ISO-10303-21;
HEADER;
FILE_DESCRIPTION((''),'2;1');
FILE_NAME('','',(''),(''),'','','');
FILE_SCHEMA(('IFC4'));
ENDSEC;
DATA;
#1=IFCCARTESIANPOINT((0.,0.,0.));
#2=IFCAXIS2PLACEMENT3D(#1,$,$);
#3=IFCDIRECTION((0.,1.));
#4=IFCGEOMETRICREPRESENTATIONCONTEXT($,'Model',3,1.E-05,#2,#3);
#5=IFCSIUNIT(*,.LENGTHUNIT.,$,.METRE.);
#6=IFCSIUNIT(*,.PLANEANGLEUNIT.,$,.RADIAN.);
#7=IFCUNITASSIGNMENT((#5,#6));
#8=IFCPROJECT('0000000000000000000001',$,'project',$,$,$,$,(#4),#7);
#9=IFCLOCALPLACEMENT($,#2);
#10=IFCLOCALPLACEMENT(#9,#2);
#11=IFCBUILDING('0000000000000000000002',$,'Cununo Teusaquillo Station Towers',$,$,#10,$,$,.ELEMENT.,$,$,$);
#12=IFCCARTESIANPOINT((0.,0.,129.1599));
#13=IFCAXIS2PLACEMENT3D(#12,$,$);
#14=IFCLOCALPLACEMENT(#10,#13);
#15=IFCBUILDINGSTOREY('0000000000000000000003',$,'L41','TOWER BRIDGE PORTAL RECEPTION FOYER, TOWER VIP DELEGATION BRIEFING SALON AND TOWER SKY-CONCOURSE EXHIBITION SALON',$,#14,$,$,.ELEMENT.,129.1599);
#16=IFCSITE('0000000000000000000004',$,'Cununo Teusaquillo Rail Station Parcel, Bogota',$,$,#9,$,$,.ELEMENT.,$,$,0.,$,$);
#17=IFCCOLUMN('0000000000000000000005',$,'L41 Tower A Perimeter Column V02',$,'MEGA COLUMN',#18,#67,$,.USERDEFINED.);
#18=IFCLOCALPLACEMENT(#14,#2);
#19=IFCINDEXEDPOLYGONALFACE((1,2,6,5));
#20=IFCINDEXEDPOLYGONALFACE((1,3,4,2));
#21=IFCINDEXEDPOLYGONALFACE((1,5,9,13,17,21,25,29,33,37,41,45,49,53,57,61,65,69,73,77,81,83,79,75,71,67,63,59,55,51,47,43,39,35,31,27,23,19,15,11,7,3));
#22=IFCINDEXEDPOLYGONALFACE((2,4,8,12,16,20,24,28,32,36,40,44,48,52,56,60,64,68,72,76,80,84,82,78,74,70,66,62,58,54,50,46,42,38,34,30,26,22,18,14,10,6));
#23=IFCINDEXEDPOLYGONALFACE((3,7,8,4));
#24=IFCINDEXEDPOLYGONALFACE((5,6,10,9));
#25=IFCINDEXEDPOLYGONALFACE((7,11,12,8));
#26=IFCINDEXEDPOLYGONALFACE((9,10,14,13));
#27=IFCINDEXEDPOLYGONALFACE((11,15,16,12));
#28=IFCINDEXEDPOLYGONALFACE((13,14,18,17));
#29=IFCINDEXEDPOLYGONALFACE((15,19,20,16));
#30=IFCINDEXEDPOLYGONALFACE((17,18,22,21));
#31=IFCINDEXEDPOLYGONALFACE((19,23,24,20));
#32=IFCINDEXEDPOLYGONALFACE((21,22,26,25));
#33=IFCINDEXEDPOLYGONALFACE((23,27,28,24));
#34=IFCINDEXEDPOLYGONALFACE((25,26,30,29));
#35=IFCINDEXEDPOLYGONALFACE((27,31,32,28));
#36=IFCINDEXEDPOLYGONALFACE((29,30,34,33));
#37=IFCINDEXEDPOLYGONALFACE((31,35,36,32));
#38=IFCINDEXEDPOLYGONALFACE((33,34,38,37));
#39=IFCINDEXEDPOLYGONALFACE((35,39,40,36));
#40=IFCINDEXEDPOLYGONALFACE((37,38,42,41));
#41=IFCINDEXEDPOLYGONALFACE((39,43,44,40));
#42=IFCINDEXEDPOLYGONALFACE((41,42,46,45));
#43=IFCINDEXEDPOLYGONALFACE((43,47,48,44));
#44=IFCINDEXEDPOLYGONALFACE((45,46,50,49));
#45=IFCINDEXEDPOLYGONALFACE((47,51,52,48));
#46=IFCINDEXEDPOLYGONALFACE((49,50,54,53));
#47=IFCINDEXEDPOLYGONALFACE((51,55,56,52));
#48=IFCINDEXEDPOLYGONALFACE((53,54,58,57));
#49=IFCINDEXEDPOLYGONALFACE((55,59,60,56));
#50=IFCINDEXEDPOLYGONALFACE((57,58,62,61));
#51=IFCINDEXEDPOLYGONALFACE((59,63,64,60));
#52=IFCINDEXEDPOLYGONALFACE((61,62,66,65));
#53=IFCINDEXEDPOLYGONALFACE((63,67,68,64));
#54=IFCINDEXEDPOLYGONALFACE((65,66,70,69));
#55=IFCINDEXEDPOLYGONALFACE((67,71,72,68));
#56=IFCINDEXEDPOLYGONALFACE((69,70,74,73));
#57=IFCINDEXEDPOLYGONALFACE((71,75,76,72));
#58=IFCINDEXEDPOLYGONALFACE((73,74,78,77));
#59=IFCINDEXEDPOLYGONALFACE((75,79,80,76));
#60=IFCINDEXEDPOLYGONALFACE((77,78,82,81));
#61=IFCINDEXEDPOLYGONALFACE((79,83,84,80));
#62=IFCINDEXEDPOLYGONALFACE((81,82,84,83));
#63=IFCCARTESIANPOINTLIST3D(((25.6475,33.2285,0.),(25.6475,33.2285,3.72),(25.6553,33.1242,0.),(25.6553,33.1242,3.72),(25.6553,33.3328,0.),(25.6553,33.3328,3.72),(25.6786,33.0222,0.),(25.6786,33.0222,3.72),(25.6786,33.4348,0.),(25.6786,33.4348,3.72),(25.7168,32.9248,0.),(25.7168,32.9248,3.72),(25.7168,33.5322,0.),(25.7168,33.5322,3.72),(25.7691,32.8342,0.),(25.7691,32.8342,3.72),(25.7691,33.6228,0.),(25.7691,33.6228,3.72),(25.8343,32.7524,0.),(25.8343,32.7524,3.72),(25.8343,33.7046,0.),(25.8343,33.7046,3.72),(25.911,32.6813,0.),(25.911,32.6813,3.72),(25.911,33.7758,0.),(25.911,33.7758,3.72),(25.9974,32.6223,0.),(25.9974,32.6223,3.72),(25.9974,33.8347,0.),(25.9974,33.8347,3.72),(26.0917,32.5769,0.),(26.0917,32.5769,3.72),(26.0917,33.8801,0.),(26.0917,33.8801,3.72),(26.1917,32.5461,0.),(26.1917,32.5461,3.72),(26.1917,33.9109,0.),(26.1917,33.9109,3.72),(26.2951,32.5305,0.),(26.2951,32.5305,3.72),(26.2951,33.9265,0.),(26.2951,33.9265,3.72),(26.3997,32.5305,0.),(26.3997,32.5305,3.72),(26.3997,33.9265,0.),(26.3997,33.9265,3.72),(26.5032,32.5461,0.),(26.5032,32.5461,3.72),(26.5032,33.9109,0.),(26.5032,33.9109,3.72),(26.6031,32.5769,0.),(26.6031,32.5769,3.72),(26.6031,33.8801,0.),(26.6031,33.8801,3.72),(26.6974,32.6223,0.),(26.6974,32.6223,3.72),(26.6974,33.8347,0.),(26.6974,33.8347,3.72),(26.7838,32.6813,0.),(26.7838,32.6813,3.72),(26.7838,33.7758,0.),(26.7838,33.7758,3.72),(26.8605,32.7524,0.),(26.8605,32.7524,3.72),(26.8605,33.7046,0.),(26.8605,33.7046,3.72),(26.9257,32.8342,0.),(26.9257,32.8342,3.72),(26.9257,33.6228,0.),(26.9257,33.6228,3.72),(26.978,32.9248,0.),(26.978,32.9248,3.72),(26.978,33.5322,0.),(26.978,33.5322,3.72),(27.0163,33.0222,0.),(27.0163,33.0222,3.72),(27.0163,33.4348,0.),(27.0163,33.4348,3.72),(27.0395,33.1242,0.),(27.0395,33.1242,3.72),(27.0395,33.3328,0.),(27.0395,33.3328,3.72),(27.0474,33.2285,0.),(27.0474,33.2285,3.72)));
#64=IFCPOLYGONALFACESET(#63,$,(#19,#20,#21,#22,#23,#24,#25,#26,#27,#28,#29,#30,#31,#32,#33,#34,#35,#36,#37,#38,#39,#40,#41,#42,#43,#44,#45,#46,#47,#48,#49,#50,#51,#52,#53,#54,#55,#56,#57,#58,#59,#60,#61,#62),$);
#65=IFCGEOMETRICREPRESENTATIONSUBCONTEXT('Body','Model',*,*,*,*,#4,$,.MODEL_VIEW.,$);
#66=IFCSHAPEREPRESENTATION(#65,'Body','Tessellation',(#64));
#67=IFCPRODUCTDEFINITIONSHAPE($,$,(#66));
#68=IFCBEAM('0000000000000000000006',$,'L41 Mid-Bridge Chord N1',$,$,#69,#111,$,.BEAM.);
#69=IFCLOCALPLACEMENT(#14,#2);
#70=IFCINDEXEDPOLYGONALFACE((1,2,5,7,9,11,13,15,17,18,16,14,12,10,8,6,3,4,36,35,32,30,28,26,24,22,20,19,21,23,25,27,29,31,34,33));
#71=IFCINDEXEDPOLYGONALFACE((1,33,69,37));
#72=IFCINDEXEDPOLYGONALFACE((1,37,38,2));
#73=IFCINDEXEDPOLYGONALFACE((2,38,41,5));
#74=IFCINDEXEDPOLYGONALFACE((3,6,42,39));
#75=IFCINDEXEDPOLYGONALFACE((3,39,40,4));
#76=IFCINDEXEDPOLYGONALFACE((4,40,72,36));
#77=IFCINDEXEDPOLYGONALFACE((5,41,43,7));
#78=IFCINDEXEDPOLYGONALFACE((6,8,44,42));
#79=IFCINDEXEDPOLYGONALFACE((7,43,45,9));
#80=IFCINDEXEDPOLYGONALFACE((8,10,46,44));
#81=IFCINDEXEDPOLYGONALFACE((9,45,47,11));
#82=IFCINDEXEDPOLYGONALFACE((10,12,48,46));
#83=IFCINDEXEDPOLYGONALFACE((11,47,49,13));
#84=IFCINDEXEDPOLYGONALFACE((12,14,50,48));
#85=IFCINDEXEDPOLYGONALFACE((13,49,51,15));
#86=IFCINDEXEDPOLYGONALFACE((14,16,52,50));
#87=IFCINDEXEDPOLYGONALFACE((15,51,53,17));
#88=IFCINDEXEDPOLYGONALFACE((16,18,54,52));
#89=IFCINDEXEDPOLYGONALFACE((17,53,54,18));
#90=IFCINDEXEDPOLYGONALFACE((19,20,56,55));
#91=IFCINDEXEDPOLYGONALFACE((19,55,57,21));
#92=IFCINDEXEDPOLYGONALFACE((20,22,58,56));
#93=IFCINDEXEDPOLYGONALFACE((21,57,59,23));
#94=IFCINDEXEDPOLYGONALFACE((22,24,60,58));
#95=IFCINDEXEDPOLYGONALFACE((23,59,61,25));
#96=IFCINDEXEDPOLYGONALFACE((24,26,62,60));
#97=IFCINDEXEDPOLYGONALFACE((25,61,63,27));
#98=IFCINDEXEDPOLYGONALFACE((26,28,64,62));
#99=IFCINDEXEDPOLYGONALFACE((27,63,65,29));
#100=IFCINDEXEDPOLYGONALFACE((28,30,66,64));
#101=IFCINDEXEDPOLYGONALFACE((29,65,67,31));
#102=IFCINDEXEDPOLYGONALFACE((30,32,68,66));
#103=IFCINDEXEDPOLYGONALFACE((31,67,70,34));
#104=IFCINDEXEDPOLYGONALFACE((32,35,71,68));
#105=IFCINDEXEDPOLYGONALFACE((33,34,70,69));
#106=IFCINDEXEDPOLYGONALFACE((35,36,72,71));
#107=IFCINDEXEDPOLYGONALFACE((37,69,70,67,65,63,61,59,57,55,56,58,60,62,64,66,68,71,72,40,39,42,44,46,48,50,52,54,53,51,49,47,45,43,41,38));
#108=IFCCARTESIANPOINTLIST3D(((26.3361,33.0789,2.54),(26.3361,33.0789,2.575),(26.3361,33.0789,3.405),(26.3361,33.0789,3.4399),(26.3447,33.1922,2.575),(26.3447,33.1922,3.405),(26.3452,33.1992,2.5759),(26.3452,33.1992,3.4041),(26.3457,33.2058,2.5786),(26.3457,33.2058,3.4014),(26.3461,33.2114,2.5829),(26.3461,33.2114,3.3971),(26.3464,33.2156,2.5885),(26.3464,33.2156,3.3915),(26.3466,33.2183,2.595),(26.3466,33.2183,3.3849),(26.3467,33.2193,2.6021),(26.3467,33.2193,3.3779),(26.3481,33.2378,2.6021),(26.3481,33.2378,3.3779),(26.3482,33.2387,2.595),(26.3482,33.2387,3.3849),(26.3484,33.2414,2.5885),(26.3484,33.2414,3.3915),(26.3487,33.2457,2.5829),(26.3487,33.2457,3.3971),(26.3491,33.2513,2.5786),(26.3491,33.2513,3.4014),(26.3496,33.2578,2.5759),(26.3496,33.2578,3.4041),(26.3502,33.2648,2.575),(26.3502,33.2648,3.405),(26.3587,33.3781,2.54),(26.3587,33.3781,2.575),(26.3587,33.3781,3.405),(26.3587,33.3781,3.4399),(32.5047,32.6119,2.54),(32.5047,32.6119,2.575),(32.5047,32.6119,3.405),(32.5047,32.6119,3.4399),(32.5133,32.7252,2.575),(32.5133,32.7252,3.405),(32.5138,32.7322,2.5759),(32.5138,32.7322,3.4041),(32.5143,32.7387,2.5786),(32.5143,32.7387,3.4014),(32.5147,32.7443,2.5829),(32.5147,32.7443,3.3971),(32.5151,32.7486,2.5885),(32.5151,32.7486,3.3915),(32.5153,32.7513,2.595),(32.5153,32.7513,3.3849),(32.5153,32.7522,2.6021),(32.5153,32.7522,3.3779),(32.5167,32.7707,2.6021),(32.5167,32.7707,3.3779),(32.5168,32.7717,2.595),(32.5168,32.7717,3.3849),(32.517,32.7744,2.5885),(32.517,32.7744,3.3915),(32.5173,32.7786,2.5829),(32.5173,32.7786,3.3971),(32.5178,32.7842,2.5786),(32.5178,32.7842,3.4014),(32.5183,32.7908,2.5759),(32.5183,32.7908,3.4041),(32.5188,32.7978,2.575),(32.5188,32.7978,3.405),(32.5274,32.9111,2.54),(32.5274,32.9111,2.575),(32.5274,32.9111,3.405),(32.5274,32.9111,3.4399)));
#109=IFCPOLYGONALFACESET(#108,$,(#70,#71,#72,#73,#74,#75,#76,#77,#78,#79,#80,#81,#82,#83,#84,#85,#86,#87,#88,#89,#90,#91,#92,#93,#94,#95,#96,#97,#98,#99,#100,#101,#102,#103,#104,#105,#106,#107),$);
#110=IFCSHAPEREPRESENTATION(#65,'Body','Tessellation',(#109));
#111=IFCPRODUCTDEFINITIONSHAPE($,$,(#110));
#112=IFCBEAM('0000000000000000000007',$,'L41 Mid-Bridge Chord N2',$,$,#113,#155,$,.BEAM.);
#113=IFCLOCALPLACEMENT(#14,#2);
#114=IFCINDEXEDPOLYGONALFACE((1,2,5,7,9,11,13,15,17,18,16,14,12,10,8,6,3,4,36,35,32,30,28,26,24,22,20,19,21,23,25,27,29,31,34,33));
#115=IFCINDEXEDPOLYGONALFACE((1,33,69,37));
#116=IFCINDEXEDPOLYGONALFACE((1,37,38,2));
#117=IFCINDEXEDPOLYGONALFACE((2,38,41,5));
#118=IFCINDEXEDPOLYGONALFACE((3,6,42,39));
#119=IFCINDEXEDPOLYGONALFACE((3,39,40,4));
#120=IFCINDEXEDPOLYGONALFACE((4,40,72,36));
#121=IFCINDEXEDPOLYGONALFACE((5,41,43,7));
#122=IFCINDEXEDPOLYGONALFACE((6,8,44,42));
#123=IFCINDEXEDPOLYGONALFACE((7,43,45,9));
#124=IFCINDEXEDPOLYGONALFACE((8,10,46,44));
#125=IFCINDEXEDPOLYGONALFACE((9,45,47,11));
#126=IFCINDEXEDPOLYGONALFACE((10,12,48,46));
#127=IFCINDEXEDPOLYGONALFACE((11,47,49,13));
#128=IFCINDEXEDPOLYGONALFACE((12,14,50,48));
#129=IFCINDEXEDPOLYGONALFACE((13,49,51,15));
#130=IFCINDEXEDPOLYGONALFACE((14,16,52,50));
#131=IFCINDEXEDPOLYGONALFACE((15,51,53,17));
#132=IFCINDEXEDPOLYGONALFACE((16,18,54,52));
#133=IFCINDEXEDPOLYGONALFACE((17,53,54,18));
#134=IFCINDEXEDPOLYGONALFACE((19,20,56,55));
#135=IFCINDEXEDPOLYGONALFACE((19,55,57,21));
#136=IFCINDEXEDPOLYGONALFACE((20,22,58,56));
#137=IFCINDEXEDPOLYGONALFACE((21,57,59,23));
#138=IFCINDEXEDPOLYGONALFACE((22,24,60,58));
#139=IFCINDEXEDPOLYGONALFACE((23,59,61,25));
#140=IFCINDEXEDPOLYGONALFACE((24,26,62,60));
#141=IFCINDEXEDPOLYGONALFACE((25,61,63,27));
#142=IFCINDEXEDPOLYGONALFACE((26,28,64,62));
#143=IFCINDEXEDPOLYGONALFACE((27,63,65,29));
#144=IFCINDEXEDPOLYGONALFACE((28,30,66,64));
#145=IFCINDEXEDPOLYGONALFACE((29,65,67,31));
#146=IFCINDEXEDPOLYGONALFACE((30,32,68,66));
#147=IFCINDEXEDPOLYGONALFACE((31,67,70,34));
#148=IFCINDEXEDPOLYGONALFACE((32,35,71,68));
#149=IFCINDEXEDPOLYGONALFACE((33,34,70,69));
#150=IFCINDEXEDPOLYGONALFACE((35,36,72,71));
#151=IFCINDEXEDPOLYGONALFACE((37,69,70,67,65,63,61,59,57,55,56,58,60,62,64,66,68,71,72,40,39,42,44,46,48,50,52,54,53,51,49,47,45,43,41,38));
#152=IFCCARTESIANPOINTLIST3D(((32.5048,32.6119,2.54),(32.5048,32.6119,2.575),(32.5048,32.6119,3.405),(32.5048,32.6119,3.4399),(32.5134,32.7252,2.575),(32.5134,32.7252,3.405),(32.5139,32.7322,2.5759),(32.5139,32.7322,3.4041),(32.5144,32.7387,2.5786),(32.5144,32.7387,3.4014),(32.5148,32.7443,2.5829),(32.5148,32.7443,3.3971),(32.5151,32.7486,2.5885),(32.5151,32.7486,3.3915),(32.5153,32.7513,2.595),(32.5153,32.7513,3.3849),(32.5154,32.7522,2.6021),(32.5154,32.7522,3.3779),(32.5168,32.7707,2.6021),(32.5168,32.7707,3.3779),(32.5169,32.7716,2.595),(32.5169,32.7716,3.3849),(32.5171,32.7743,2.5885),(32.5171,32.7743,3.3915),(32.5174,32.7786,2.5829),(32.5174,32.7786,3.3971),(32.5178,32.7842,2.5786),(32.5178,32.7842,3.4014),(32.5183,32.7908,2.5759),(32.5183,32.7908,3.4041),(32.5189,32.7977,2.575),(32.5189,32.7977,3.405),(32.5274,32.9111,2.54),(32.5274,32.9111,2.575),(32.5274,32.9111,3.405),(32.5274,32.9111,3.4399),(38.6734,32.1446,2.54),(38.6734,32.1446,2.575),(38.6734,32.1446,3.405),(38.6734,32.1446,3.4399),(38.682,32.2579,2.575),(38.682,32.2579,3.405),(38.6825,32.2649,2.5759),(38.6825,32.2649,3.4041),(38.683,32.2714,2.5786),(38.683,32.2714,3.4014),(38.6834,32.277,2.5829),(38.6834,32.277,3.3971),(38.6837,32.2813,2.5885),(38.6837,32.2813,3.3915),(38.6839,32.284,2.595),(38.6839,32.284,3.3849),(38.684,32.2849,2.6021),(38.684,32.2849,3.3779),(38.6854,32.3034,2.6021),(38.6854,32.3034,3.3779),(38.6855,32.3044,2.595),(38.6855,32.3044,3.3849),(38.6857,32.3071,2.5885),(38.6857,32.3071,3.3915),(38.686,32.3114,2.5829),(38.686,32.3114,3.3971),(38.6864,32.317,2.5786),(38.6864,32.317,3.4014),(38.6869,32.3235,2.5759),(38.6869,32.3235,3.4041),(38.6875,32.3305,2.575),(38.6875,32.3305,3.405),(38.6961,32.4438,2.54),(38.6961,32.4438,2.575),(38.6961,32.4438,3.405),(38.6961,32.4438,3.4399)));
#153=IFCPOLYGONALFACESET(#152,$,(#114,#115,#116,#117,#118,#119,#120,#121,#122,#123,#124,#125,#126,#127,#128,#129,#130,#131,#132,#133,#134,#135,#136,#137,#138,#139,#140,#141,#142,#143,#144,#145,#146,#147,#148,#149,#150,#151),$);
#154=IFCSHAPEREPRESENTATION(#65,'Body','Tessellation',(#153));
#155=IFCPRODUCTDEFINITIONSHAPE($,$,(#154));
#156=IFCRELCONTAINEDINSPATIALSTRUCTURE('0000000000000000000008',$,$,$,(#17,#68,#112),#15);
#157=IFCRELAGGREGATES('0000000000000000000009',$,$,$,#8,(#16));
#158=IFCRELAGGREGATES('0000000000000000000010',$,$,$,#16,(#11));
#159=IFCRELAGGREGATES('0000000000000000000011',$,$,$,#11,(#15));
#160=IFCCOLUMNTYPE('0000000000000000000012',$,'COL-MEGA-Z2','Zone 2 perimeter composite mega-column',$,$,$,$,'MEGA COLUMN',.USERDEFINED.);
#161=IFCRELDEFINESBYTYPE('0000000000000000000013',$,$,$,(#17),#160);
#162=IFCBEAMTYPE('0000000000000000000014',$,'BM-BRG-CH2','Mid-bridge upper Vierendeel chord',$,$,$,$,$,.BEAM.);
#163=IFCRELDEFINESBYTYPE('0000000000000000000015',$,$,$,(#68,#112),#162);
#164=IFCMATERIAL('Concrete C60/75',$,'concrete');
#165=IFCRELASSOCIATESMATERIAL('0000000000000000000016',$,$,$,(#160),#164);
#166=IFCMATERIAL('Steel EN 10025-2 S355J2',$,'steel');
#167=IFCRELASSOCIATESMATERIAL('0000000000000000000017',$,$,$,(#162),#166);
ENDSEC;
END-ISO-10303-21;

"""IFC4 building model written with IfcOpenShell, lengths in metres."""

from ifc_helpers import new_model, si_unit, direction, frame, origin, origin_2d, place, context, subcontext, project, spatial, circle, i_section, extrude, material, material_profile, profile_set, type_object, element, save


model = new_model("IFC4")

# Units and contexts
model_context = context("Model", 3, precision=1e-05, world=origin(), true_north=direction((0.0, 1.0)))
body_context = subcontext(model_context, "Body", "Model", "MODEL_VIEW")
ifc_project = project(units=[si_unit("LENGTHUNIT", "METRE"), si_unit("PLANEANGLEUNIT", "RADIAN")], contexts=[model_context])

# Site, building, storey
site_placement = place(None, origin())
site = spatial("IfcSite", under=ifc_project, at=site_placement, Name="Cununo Teusaquillo Rail Station Parcel, Bogota", CompositionType="ELEMENT", RefElevation=0.0)
building_placement = place(site_placement, origin())
building = spatial("IfcBuilding", under=site, at=building_placement, Name="Cununo Teusaquillo Station Towers", CompositionType="ELEMENT")
storey_placement = place(building_placement, frame((0.0, 0.0, 129.1599)))
storey = spatial("IfcBuildingStorey", under=building, at=storey_placement, Name="L41", Description="TOWER BRIDGE PORTAL RECEPTION FOYER, TOWER VIP DELEGATION BRIEFING SALON AND TOWER SKY-CONCOURSE EXHIBITION SALON", CompositionType="ELEMENT", Elevation=129.1599)

# Column
ifc_material_1 = material(Name="Concrete C60/75", Category="concrete")
ifc_material_profile_1 = material_profile(ifc_material_1, circle(Radius=0.7, at=origin_2d()), Name="RC-CIRC-1400")
ifc_profile_set_1 = profile_set([ifc_material_profile_1], Name="Concrete C60/75")
column_type_1 = type_object("IfcColumnType", Name="COL-MEGA-Z2", Description="Zone 2 perimeter composite mega-column", ElementType="MEGA COLUMN", PredefinedType="USERDEFINED", material=ifc_profile_set_1)
for number, where, z_axis, x_axis, name in (
    (1, (26.3474, 33.2285, 0.0), (0.0, 0.0, 1.0), (1.0, 0.0, 0.0), "L41 Tower A Perimeter Column V02"),
):
    element("IfcColumn", number, at=place(storey_placement, frame(where, z_axis=z_axis, x_axis=x_axis)), inside=storey, type_object=column_type_1, Name=name, ObjectType="MEGA COLUMN", PredefinedType="USERDEFINED", context=body_context, shape_type="SweptSolid", body=[
        extrude(circle(Radius=0.7, at=origin_2d()), origin(), (0.0, 0.0, 1.0), 3.72),
    ])

# Beams
ifc_material_2 = material(Name="Steel EN 10025-2 S355J2", Category="steel")
ifc_material_profile_2 = material_profile(ifc_material_2, i_section(OverallWidth=0.3, OverallDepth=0.8999, WebThickness=0.0186, FlangeThickness=0.0349, FilletRadius=0.0271, at=origin_2d()), Name="HEB 900")
ifc_profile_set_2 = profile_set([ifc_material_profile_2], Name="Steel EN 10025-2 S355J2")
beam_type_1 = type_object("IfcBeamType", Name="BM-BRG-CH2", Description="Mid-bridge upper Vierendeel chord", PredefinedType="BEAM", material=ifc_profile_set_2)
for number, where, z_axis, x_axis, name in (
    (2, (26.3474, 33.2285, 2.99), (0.997146, -0.075495, 0.0), (0.075495, 0.997146, 0.0), "L41 Mid-Bridge Chord N1"),
    (3, (32.5161, 32.7615, 2.99), (0.997143, -0.075535, 0.0), (0.075535, 0.997143, 0.0), "L41 Mid-Bridge Chord N2"),
):
    element("IfcBeam", number, at=place(storey_placement, frame(where, z_axis=z_axis, x_axis=x_axis)), inside=storey, type_object=beam_type_1, Name=name, PredefinedType="BEAM", context=body_context, shape_type="SweptSolid", body=[
        extrude(i_section(OverallWidth=0.3, OverallDepth=0.8999, WebThickness=0.0186, FlangeThickness=0.0349, FilletRadius=0.0271, at=origin_2d()), origin(), (0.0, 0.0, 1.0), 6.1863),
    ])

save(model, "model.ifc")
